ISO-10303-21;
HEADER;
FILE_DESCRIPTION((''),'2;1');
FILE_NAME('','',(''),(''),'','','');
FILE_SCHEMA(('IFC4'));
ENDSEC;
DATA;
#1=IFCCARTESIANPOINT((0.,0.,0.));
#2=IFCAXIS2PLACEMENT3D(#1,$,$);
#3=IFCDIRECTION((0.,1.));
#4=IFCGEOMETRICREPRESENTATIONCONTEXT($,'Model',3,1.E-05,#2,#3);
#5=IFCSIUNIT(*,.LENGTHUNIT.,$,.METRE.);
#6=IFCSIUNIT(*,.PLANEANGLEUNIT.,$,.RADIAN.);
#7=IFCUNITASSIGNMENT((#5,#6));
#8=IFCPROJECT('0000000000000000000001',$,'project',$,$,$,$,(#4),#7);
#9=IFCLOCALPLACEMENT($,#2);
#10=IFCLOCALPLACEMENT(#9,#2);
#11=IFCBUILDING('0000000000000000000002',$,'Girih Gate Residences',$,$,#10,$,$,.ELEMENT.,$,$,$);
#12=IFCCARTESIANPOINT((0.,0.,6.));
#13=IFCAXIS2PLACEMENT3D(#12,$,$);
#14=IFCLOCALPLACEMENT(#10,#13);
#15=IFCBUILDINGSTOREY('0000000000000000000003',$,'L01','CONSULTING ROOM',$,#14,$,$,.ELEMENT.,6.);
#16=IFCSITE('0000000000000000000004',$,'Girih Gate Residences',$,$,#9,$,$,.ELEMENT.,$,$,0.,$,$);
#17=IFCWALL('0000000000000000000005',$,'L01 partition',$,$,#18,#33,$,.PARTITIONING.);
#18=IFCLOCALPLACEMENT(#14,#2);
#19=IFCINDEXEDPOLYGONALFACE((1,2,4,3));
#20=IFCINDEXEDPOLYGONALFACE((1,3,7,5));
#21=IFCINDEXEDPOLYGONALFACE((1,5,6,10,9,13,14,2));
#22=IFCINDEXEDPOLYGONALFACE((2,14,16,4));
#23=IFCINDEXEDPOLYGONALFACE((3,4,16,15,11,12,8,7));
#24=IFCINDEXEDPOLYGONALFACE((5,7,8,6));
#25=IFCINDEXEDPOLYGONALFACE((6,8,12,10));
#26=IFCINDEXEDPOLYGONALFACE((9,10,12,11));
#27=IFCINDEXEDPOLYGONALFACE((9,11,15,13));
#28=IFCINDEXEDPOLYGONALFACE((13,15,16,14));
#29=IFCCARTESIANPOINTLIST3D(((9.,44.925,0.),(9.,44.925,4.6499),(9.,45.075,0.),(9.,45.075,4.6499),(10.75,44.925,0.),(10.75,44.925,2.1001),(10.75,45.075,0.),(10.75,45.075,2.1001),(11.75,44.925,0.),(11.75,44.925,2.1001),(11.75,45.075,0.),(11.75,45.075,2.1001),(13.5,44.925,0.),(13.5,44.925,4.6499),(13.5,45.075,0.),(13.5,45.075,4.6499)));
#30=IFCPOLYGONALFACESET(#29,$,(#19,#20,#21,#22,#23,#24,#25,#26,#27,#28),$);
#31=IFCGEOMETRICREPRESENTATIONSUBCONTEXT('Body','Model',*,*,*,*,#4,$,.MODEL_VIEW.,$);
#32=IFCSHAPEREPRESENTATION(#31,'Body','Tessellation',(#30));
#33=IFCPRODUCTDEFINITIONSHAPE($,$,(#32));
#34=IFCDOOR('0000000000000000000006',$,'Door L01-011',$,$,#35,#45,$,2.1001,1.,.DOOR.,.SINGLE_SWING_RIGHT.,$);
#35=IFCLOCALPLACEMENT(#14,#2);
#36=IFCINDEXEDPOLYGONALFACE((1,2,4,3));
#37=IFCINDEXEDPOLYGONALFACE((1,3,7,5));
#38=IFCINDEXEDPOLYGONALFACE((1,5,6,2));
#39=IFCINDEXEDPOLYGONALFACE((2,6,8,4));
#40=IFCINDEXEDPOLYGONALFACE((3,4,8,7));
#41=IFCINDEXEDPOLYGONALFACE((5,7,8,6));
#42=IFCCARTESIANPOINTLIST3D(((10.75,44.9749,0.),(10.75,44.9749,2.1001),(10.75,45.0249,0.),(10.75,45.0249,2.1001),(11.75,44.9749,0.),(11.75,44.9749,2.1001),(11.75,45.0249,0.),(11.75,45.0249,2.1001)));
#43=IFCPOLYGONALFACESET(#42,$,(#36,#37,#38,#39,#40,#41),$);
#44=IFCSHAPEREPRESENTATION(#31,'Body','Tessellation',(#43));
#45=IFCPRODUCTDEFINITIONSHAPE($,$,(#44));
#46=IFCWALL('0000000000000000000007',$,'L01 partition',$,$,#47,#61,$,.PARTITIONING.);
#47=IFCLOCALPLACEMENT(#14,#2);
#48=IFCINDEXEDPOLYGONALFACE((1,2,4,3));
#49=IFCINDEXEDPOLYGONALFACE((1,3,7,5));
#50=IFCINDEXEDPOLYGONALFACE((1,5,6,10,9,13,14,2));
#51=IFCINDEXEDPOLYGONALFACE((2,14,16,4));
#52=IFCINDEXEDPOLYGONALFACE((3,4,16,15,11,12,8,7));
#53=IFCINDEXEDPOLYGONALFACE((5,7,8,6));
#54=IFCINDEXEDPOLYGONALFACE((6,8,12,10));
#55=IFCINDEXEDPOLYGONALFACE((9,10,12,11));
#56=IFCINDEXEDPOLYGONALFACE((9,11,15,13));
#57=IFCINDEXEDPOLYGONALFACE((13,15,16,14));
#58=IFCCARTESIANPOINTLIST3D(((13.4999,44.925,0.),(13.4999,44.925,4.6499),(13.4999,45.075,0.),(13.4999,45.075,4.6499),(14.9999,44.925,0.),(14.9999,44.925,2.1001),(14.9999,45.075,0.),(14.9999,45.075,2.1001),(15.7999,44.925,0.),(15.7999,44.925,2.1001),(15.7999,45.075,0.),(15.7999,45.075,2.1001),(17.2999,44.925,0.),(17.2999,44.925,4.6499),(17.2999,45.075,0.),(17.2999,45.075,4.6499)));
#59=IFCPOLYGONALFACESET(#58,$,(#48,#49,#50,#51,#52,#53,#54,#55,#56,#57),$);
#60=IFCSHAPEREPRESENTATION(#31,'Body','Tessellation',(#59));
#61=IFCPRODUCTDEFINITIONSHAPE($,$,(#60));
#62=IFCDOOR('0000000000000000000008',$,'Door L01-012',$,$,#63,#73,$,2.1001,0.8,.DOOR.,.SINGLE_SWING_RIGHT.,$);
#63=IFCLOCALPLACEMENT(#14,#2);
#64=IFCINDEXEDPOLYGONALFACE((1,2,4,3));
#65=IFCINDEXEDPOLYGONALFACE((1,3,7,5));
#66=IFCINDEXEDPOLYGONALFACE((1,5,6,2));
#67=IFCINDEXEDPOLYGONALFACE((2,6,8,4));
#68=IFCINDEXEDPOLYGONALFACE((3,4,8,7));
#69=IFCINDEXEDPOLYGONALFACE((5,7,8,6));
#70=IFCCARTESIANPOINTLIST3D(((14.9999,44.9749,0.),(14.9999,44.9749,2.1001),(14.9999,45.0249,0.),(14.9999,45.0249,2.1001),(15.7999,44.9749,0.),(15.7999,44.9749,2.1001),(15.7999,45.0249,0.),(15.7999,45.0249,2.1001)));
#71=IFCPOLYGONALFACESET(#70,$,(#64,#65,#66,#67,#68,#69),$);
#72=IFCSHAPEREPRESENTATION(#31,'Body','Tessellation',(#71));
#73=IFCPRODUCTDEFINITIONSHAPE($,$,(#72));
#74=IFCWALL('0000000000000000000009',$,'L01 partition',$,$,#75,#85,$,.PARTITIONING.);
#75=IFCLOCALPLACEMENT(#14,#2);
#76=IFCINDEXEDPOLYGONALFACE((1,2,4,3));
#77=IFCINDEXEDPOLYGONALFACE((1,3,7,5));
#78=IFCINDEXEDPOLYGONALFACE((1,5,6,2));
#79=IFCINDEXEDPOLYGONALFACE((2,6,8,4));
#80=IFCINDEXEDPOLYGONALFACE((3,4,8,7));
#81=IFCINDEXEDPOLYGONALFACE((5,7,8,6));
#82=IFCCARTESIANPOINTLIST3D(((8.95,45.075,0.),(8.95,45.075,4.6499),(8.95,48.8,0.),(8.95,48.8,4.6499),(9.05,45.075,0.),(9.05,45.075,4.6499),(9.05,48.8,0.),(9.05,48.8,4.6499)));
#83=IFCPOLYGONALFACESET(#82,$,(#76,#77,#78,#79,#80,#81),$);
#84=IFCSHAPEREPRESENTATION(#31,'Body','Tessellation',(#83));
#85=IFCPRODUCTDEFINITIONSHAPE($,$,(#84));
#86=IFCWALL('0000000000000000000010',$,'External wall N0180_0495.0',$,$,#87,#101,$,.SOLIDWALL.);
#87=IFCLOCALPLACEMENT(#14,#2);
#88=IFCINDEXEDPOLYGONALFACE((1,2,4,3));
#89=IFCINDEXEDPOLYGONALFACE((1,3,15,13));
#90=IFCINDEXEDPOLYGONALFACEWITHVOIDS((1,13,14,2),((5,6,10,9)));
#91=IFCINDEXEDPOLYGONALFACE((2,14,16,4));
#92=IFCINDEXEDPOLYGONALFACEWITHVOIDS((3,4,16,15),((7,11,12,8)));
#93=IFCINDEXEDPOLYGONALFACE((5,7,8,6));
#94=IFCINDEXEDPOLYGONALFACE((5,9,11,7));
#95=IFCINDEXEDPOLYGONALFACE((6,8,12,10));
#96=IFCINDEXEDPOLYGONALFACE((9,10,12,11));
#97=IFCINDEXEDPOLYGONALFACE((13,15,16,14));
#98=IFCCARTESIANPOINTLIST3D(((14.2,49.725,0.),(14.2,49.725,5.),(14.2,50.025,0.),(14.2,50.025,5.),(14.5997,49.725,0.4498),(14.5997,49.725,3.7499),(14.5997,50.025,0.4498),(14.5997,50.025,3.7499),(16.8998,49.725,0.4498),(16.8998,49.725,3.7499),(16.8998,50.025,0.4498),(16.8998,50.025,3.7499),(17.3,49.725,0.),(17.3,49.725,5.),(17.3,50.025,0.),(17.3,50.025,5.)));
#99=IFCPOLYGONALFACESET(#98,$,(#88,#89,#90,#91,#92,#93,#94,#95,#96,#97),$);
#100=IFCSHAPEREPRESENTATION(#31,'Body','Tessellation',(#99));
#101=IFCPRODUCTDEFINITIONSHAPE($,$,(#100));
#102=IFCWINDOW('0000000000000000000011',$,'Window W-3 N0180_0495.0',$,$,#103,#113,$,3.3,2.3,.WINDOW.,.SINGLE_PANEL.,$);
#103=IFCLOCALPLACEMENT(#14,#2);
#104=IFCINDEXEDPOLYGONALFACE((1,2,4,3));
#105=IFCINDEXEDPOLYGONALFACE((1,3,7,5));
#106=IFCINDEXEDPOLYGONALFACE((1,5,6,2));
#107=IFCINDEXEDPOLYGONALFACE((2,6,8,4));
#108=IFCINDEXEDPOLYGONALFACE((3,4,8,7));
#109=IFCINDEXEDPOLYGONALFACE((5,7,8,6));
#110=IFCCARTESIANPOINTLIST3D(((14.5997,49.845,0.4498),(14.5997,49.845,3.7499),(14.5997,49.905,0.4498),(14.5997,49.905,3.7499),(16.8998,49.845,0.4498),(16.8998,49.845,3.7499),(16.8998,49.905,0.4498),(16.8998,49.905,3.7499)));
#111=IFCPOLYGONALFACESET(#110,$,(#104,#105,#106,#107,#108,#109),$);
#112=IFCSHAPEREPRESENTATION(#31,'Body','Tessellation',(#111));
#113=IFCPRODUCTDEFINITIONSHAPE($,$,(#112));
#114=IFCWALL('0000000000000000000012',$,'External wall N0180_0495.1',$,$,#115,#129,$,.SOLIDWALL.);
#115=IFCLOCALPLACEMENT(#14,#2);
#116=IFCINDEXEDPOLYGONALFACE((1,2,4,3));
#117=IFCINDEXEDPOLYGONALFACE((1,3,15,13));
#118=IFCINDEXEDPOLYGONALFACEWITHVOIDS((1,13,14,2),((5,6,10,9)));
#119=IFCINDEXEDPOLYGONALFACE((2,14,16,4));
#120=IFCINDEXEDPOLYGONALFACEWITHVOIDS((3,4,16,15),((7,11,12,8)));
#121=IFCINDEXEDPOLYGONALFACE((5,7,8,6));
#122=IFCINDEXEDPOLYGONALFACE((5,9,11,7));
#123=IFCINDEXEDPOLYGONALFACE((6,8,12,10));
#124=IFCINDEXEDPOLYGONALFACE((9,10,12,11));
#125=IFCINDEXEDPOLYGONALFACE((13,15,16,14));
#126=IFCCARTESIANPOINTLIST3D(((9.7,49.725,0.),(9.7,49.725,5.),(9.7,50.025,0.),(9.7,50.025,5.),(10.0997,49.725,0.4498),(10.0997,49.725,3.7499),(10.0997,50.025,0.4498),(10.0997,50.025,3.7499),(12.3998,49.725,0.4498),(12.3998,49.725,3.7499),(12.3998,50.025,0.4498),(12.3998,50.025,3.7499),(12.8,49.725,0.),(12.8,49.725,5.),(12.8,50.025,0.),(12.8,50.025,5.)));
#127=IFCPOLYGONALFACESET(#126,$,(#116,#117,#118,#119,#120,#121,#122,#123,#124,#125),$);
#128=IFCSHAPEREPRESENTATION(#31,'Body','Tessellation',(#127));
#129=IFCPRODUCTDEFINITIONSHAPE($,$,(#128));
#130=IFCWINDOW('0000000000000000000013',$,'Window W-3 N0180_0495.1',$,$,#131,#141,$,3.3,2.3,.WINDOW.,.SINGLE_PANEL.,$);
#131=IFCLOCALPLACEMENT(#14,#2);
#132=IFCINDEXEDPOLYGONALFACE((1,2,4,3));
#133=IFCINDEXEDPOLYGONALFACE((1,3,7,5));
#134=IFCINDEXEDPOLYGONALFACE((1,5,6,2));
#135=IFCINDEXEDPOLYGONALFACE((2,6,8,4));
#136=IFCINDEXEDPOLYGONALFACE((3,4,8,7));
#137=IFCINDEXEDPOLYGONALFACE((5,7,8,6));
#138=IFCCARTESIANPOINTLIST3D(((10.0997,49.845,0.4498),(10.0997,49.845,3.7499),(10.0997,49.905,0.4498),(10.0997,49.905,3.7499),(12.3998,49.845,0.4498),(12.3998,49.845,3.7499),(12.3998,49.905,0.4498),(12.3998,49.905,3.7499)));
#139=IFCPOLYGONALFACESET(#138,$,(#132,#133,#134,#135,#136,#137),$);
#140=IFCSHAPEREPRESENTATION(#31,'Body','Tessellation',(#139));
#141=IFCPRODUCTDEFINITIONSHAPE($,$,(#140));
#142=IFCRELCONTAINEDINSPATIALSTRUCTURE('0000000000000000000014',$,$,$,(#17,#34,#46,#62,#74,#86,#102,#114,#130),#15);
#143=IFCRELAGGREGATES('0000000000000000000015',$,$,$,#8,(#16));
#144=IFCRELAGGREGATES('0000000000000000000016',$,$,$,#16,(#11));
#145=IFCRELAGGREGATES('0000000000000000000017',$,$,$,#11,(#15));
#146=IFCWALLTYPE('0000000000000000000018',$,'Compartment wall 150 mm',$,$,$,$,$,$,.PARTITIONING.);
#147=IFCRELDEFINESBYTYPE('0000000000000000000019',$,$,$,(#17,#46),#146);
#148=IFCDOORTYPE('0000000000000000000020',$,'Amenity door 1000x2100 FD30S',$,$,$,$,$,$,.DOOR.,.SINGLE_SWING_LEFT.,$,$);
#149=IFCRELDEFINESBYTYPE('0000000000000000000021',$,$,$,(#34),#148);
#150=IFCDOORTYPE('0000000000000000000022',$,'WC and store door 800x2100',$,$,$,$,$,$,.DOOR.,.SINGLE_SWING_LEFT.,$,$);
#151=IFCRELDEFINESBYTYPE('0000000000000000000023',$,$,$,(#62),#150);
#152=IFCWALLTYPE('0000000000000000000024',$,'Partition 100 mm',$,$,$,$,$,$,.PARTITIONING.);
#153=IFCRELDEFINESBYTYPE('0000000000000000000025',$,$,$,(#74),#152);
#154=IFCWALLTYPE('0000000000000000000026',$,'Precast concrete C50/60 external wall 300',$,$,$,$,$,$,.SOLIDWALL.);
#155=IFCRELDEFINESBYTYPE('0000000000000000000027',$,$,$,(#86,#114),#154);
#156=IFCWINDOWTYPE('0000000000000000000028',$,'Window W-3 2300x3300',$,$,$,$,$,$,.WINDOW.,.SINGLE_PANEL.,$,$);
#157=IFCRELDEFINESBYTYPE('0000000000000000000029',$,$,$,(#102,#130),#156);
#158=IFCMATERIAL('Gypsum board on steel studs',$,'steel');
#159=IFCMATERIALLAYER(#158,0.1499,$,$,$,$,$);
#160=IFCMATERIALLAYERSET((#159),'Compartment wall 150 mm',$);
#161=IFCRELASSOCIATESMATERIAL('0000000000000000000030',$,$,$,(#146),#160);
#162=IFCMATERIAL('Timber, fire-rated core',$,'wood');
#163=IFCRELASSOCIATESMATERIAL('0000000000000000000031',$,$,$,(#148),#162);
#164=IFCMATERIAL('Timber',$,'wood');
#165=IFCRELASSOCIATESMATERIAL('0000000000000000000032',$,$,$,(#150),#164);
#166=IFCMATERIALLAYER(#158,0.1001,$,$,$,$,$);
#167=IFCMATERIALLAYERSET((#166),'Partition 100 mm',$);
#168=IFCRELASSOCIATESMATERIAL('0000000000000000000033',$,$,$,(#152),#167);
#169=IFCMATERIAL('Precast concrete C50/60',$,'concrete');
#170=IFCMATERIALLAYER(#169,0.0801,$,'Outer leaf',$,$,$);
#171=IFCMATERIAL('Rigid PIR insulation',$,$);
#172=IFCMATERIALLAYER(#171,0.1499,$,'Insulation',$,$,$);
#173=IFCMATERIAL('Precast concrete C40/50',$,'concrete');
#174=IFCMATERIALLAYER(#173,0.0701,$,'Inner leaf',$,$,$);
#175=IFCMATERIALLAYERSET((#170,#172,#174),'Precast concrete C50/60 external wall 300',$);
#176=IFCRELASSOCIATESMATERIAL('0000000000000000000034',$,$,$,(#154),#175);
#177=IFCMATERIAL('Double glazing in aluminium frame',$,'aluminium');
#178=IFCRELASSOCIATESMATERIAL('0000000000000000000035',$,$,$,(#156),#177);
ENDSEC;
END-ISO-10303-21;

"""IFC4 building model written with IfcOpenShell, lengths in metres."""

from ifc_helpers import new_model, si_unit, direction, frame, frame_2d, origin, place, context, subcontext, project, spatial, rectangle, extrude, material, layer, layer_set, type_object, element, fill, save


model = new_model("IFC4")

# Units and contexts
model_context = context("Model", 3, precision=1e-05, world=origin(), true_north=direction((0.0, 1.0)))
body_context = subcontext(model_context, "Body", "Model", "MODEL_VIEW")
ifc_project = project(units=[si_unit("LENGTHUNIT", "METRE"), si_unit("PLANEANGLEUNIT", "RADIAN")], contexts=[model_context])

# Site, building, storey
site_placement = place(None, origin())
site = spatial("IfcSite", under=ifc_project, at=site_placement, Name="Girih Gate Residences", CompositionType="ELEMENT", RefElevation=0.0)
building_placement = place(site_placement, origin())
building = spatial("IfcBuilding", under=site, at=building_placement, Name="Girih Gate Residences", CompositionType="ELEMENT")
storey_placement = place(building_placement, frame((0.0, 0.0, 6.0)))
storey = spatial("IfcBuildingStorey", under=building, at=storey_placement, Name="L01", Description="CONSULTING ROOM", CompositionType="ELEMENT", Elevation=6.0)

# Shared definitions
ifc_material_1 = material(Name="Gypsum board on steel studs", Category="steel")
ifc_layer_1 = layer(ifc_material_1, 0.1499)
ifc_layer_set_1 = layer_set([ifc_layer_1], Name="Compartment wall 150 mm")
wall_type_1 = type_object("IfcWallType", Name="Compartment wall 150 mm", PredefinedType="PARTITIONING", material=ifc_layer_set_1)

# Walls, openings, doors
wall_1_placement = place(storey_placement, frame((9.0, 45.0, 0.0), z_axis=(0.0, 0.0, 1.0), x_axis=(1.0, 0.0, 0.0)))
wall_1 = element("IfcWall", 1, at=wall_1_placement, inside=storey, type_object=wall_type_1, Name="L01 partition", PredefinedType="PARTITIONING", context=body_context, shape_type="SweptSolid", body=[
    extrude(rectangle(XDim=4.5, YDim=0.1499, at=frame_2d((2.25, 0.0))), origin(), (0.0, 0.0, 1.0), 4.6499),
])
opening_1_placement = place(wall_1_placement, frame((1.75, 0.0, 0.0)))
opening_1 = element("IfcOpeningElement", 2, at=opening_1_placement, cuts=wall_1, PredefinedType="OPENING", context=body_context, shape_type="SweptSolid", body=[
    extrude(rectangle(XDim=1.0, YDim=2.1001, at=frame_2d((0.5, 1.05))), frame((0.0, 0.085, 0.0), z_axis=(0.0, -1.0, 0.0), x_axis=(1.0, 0.0, 0.0)), (0.0, 0.0, 1.0), 0.1699),
])
ifc_material_2 = material(Name="Timber, fire-rated core", Category="wood")
door_type_1 = type_object("IfcDoorType", Name="Amenity door 1000x2100 FD30S", OperationType="SINGLE_SWING_LEFT", PredefinedType="DOOR", material=ifc_material_2)
door_1_placement = place(opening_1_placement, origin())
door_1 = element("IfcDoor", 3, at=door_1_placement, inside=storey, type_object=door_type_1, Name="Door L01-011", OperationType="SINGLE_SWING_RIGHT", OverallHeight=2.1001, OverallWidth=1.0, PredefinedType="DOOR", context=body_context, shape_type="SweptSolid", body=[
    extrude(rectangle(XDim=1.0, YDim=2.1001, at=frame_2d((0.5, 1.05))), frame((0.0, 0.0249, 0.0), z_axis=(0.0, -1.0, 0.0), x_axis=(1.0, 0.0, 0.0)), (0.0, 0.0, 1.0), 0.05),
])
fill(opening_1, door_1)
wall_2_placement = place(storey_placement, frame((13.5, 45.0, 0.0), z_axis=(0.0, 0.0, 1.0), x_axis=(1.0, 0.0, 0.0)))
wall_2 = element("IfcWall", 4, at=wall_2_placement, inside=storey, type_object=wall_type_1, Name="L01 partition", PredefinedType="PARTITIONING", context=body_context, shape_type="SweptSolid", body=[
    extrude(rectangle(XDim=3.8, YDim=0.1499, at=frame_2d((1.8999, 0.0))), origin(), (0.0, 0.0, 1.0), 4.6499),
])
opening_2_placement = place(wall_2_placement, frame((1.5, 0.0, 0.0)))
opening_2 = element("IfcOpeningElement", 5, at=opening_2_placement, cuts=wall_2, PredefinedType="OPENING", context=body_context, shape_type="SweptSolid", body=[
    extrude(rectangle(XDim=0.8, YDim=2.1001, at=frame_2d((0.3999, 1.05))), frame((0.0, 0.085, 0.0), z_axis=(0.0, -1.0, 0.0), x_axis=(1.0, 0.0, 0.0)), (0.0, 0.0, 1.0), 0.1699),
])
ifc_material_3 = material(Name="Timber", Category="wood")
door_type_2 = type_object("IfcDoorType", Name="WC and store door 800x2100", OperationType="SINGLE_SWING_LEFT", PredefinedType="DOOR", material=ifc_material_3)
door_2_placement = place(opening_2_placement, origin())
door_2 = element("IfcDoor", 6, at=door_2_placement, inside=storey, type_object=door_type_2, Name="Door L01-012", OperationType="SINGLE_SWING_RIGHT", OverallHeight=2.1001, OverallWidth=0.8, PredefinedType="DOOR", context=body_context, shape_type="SweptSolid", body=[
    extrude(rectangle(XDim=0.8, YDim=2.1001, at=frame_2d((0.3999, 1.05))), frame((0.0, 0.0249, 0.0), z_axis=(0.0, -1.0, 0.0), x_axis=(1.0, 0.0, 0.0)), (0.0, 0.0, 1.0), 0.05),
])
fill(opening_2, door_2)

# Wall
ifc_layer_2 = layer(ifc_material_1, 0.1001)
ifc_layer_set_2 = layer_set([ifc_layer_2], Name="Partition 100 mm")
wall_type_2 = type_object("IfcWallType", Name="Partition 100 mm", PredefinedType="PARTITIONING", material=ifc_layer_set_2)
wall_3_placement = place(storey_placement, frame((9.0, 45.075, 0.0), z_axis=(0.0, 0.0, 1.0), x_axis=(0.0, 1.0, 0.0)))
element("IfcWall", 7, at=wall_3_placement, inside=storey, type_object=wall_type_2, Name="L01 partition", PredefinedType="PARTITIONING", context=body_context, shape_type="SweptSolid", body=[
    extrude(rectangle(XDim=3.7251, YDim=0.1001, at=frame_2d((1.8625, 0.0))), origin(), (0.0, 0.0, 1.0), 4.6499),
])

# Walls, openings, windows
ifc_material_4 = material(Name="Precast concrete C50/60", Category="concrete")
ifc_layer_3 = layer(ifc_material_4, 0.0801, Name="Outer leaf")
ifc_material_5 = material(Name="Rigid PIR insulation")
ifc_layer_4 = layer(ifc_material_5, 0.1499, Name="Insulation")
ifc_material_6 = material(Name="Precast concrete C40/50", Category="concrete")
ifc_layer_5 = layer(ifc_material_6, 0.0701, Name="Inner leaf")
ifc_layer_set_3 = layer_set([ifc_layer_3, ifc_layer_4, ifc_layer_5], Name="Precast concrete C50/60 external wall 300")
wall_type_3 = type_object("IfcWallType", Name="Precast concrete C50/60 external wall 300", PredefinedType="SOLIDWALL", material=ifc_layer_set_3)
wall_4_placement = place(storey_placement, frame((14.2, 49.875, 0.0), z_axis=(0.0, 0.0, 1.0), x_axis=(1.0, 0.0, 0.0)))
wall_4 = element("IfcWall", 8, at=wall_4_placement, inside=storey, type_object=wall_type_3, Name="External wall N0180_0495.0", PredefinedType="SOLIDWALL", context=body_context, shape_type="SweptSolid", body=[
    extrude(rectangle(XDim=3.1001, YDim=0.3, at=frame_2d((1.55, 0.0))), origin(), (0.0, 0.0, 1.0), 5.0),
])
opening_3_placement = place(wall_4_placement, frame((0.3999, 0.0, 0.45)))
opening_3 = element("IfcOpeningElement", 9, at=opening_3_placement, cuts=wall_4, PredefinedType="OPENING", context=body_context, shape_type="SweptSolid", body=[
    extrude(rectangle(XDim=2.3, YDim=3.3, at=frame_2d((1.1499, 1.6499))), frame((0.0, 0.1599, 0.0), z_axis=(0.0, -1.0, 0.0), x_axis=(1.0, 0.0, 0.0)), (0.0, 0.0, 1.0), 0.3201),
])
ifc_material_7 = material(Name="Double glazing in aluminium frame", Category="aluminium")
window_type = type_object("IfcWindowType", Name="Window W-3 2300x3300", PartitioningType="SINGLE_PANEL", PredefinedType="WINDOW", material=ifc_material_7)
window_1_placement = place(opening_3_placement, origin())
window_1 = element("IfcWindow", 10, at=window_1_placement, inside=storey, type_object=window_type, Name="Window W-3 N0180_0495.0", OverallHeight=3.3, OverallWidth=2.3, PartitioningType="SINGLE_PANEL", PredefinedType="WINDOW", context=body_context, shape_type="SweptSolid", body=[
    extrude(rectangle(XDim=2.3, YDim=3.3, at=frame_2d((1.1499, 1.6499))), frame((0.0, 0.03, 0.0), z_axis=(0.0, -1.0, 0.0), x_axis=(1.0, 0.0, 0.0)), (0.0, 0.0, 1.0), 0.0601),
])
fill(opening_3, window_1)
wall_5_placement = place(storey_placement, frame((9.7, 49.875, 0.0), z_axis=(0.0, 0.0, 1.0), x_axis=(1.0, 0.0, 0.0)))
wall_5 = element("IfcWall", 11, at=wall_5_placement, inside=storey, type_object=wall_type_3, Name="External wall N0180_0495.1", PredefinedType="SOLIDWALL", context=body_context, shape_type="SweptSolid", body=[
    extrude(rectangle(XDim=3.1001, YDim=0.3, at=frame_2d((1.55, 0.0))), origin(), (0.0, 0.0, 1.0), 5.0),
])
opening_4_placement = place(wall_5_placement, frame((0.3999, 0.0, 0.45)))
opening_4 = element("IfcOpeningElement", 12, at=opening_4_placement, cuts=wall_5, PredefinedType="OPENING", context=body_context, shape_type="SweptSolid", body=[
    extrude(rectangle(XDim=2.3, YDim=3.3, at=frame_2d((1.1499, 1.6499))), frame((0.0, 0.1599, 0.0), z_axis=(0.0, -1.0, 0.0), x_axis=(1.0, 0.0, 0.0)), (0.0, 0.0, 1.0), 0.3201),
])
window_2_placement = place(opening_4_placement, origin())
window_2 = element("IfcWindow", 13, at=window_2_placement, inside=storey, type_object=window_type, Name="Window W-3 N0180_0495.1", OverallHeight=3.3, OverallWidth=2.3, PartitioningType="SINGLE_PANEL", PredefinedType="WINDOW", context=body_context, shape_type="SweptSolid", body=[
    extrude(rectangle(XDim=2.3, YDim=3.3, at=frame_2d((1.1499, 1.6499))), frame((0.0, 0.03, 0.0), z_axis=(0.0, -1.0, 0.0), x_axis=(1.0, 0.0, 0.0)), (0.0, 0.0, 1.0), 0.0601),
])
fill(opening_4, window_2)

save(model, "model.ifc")
